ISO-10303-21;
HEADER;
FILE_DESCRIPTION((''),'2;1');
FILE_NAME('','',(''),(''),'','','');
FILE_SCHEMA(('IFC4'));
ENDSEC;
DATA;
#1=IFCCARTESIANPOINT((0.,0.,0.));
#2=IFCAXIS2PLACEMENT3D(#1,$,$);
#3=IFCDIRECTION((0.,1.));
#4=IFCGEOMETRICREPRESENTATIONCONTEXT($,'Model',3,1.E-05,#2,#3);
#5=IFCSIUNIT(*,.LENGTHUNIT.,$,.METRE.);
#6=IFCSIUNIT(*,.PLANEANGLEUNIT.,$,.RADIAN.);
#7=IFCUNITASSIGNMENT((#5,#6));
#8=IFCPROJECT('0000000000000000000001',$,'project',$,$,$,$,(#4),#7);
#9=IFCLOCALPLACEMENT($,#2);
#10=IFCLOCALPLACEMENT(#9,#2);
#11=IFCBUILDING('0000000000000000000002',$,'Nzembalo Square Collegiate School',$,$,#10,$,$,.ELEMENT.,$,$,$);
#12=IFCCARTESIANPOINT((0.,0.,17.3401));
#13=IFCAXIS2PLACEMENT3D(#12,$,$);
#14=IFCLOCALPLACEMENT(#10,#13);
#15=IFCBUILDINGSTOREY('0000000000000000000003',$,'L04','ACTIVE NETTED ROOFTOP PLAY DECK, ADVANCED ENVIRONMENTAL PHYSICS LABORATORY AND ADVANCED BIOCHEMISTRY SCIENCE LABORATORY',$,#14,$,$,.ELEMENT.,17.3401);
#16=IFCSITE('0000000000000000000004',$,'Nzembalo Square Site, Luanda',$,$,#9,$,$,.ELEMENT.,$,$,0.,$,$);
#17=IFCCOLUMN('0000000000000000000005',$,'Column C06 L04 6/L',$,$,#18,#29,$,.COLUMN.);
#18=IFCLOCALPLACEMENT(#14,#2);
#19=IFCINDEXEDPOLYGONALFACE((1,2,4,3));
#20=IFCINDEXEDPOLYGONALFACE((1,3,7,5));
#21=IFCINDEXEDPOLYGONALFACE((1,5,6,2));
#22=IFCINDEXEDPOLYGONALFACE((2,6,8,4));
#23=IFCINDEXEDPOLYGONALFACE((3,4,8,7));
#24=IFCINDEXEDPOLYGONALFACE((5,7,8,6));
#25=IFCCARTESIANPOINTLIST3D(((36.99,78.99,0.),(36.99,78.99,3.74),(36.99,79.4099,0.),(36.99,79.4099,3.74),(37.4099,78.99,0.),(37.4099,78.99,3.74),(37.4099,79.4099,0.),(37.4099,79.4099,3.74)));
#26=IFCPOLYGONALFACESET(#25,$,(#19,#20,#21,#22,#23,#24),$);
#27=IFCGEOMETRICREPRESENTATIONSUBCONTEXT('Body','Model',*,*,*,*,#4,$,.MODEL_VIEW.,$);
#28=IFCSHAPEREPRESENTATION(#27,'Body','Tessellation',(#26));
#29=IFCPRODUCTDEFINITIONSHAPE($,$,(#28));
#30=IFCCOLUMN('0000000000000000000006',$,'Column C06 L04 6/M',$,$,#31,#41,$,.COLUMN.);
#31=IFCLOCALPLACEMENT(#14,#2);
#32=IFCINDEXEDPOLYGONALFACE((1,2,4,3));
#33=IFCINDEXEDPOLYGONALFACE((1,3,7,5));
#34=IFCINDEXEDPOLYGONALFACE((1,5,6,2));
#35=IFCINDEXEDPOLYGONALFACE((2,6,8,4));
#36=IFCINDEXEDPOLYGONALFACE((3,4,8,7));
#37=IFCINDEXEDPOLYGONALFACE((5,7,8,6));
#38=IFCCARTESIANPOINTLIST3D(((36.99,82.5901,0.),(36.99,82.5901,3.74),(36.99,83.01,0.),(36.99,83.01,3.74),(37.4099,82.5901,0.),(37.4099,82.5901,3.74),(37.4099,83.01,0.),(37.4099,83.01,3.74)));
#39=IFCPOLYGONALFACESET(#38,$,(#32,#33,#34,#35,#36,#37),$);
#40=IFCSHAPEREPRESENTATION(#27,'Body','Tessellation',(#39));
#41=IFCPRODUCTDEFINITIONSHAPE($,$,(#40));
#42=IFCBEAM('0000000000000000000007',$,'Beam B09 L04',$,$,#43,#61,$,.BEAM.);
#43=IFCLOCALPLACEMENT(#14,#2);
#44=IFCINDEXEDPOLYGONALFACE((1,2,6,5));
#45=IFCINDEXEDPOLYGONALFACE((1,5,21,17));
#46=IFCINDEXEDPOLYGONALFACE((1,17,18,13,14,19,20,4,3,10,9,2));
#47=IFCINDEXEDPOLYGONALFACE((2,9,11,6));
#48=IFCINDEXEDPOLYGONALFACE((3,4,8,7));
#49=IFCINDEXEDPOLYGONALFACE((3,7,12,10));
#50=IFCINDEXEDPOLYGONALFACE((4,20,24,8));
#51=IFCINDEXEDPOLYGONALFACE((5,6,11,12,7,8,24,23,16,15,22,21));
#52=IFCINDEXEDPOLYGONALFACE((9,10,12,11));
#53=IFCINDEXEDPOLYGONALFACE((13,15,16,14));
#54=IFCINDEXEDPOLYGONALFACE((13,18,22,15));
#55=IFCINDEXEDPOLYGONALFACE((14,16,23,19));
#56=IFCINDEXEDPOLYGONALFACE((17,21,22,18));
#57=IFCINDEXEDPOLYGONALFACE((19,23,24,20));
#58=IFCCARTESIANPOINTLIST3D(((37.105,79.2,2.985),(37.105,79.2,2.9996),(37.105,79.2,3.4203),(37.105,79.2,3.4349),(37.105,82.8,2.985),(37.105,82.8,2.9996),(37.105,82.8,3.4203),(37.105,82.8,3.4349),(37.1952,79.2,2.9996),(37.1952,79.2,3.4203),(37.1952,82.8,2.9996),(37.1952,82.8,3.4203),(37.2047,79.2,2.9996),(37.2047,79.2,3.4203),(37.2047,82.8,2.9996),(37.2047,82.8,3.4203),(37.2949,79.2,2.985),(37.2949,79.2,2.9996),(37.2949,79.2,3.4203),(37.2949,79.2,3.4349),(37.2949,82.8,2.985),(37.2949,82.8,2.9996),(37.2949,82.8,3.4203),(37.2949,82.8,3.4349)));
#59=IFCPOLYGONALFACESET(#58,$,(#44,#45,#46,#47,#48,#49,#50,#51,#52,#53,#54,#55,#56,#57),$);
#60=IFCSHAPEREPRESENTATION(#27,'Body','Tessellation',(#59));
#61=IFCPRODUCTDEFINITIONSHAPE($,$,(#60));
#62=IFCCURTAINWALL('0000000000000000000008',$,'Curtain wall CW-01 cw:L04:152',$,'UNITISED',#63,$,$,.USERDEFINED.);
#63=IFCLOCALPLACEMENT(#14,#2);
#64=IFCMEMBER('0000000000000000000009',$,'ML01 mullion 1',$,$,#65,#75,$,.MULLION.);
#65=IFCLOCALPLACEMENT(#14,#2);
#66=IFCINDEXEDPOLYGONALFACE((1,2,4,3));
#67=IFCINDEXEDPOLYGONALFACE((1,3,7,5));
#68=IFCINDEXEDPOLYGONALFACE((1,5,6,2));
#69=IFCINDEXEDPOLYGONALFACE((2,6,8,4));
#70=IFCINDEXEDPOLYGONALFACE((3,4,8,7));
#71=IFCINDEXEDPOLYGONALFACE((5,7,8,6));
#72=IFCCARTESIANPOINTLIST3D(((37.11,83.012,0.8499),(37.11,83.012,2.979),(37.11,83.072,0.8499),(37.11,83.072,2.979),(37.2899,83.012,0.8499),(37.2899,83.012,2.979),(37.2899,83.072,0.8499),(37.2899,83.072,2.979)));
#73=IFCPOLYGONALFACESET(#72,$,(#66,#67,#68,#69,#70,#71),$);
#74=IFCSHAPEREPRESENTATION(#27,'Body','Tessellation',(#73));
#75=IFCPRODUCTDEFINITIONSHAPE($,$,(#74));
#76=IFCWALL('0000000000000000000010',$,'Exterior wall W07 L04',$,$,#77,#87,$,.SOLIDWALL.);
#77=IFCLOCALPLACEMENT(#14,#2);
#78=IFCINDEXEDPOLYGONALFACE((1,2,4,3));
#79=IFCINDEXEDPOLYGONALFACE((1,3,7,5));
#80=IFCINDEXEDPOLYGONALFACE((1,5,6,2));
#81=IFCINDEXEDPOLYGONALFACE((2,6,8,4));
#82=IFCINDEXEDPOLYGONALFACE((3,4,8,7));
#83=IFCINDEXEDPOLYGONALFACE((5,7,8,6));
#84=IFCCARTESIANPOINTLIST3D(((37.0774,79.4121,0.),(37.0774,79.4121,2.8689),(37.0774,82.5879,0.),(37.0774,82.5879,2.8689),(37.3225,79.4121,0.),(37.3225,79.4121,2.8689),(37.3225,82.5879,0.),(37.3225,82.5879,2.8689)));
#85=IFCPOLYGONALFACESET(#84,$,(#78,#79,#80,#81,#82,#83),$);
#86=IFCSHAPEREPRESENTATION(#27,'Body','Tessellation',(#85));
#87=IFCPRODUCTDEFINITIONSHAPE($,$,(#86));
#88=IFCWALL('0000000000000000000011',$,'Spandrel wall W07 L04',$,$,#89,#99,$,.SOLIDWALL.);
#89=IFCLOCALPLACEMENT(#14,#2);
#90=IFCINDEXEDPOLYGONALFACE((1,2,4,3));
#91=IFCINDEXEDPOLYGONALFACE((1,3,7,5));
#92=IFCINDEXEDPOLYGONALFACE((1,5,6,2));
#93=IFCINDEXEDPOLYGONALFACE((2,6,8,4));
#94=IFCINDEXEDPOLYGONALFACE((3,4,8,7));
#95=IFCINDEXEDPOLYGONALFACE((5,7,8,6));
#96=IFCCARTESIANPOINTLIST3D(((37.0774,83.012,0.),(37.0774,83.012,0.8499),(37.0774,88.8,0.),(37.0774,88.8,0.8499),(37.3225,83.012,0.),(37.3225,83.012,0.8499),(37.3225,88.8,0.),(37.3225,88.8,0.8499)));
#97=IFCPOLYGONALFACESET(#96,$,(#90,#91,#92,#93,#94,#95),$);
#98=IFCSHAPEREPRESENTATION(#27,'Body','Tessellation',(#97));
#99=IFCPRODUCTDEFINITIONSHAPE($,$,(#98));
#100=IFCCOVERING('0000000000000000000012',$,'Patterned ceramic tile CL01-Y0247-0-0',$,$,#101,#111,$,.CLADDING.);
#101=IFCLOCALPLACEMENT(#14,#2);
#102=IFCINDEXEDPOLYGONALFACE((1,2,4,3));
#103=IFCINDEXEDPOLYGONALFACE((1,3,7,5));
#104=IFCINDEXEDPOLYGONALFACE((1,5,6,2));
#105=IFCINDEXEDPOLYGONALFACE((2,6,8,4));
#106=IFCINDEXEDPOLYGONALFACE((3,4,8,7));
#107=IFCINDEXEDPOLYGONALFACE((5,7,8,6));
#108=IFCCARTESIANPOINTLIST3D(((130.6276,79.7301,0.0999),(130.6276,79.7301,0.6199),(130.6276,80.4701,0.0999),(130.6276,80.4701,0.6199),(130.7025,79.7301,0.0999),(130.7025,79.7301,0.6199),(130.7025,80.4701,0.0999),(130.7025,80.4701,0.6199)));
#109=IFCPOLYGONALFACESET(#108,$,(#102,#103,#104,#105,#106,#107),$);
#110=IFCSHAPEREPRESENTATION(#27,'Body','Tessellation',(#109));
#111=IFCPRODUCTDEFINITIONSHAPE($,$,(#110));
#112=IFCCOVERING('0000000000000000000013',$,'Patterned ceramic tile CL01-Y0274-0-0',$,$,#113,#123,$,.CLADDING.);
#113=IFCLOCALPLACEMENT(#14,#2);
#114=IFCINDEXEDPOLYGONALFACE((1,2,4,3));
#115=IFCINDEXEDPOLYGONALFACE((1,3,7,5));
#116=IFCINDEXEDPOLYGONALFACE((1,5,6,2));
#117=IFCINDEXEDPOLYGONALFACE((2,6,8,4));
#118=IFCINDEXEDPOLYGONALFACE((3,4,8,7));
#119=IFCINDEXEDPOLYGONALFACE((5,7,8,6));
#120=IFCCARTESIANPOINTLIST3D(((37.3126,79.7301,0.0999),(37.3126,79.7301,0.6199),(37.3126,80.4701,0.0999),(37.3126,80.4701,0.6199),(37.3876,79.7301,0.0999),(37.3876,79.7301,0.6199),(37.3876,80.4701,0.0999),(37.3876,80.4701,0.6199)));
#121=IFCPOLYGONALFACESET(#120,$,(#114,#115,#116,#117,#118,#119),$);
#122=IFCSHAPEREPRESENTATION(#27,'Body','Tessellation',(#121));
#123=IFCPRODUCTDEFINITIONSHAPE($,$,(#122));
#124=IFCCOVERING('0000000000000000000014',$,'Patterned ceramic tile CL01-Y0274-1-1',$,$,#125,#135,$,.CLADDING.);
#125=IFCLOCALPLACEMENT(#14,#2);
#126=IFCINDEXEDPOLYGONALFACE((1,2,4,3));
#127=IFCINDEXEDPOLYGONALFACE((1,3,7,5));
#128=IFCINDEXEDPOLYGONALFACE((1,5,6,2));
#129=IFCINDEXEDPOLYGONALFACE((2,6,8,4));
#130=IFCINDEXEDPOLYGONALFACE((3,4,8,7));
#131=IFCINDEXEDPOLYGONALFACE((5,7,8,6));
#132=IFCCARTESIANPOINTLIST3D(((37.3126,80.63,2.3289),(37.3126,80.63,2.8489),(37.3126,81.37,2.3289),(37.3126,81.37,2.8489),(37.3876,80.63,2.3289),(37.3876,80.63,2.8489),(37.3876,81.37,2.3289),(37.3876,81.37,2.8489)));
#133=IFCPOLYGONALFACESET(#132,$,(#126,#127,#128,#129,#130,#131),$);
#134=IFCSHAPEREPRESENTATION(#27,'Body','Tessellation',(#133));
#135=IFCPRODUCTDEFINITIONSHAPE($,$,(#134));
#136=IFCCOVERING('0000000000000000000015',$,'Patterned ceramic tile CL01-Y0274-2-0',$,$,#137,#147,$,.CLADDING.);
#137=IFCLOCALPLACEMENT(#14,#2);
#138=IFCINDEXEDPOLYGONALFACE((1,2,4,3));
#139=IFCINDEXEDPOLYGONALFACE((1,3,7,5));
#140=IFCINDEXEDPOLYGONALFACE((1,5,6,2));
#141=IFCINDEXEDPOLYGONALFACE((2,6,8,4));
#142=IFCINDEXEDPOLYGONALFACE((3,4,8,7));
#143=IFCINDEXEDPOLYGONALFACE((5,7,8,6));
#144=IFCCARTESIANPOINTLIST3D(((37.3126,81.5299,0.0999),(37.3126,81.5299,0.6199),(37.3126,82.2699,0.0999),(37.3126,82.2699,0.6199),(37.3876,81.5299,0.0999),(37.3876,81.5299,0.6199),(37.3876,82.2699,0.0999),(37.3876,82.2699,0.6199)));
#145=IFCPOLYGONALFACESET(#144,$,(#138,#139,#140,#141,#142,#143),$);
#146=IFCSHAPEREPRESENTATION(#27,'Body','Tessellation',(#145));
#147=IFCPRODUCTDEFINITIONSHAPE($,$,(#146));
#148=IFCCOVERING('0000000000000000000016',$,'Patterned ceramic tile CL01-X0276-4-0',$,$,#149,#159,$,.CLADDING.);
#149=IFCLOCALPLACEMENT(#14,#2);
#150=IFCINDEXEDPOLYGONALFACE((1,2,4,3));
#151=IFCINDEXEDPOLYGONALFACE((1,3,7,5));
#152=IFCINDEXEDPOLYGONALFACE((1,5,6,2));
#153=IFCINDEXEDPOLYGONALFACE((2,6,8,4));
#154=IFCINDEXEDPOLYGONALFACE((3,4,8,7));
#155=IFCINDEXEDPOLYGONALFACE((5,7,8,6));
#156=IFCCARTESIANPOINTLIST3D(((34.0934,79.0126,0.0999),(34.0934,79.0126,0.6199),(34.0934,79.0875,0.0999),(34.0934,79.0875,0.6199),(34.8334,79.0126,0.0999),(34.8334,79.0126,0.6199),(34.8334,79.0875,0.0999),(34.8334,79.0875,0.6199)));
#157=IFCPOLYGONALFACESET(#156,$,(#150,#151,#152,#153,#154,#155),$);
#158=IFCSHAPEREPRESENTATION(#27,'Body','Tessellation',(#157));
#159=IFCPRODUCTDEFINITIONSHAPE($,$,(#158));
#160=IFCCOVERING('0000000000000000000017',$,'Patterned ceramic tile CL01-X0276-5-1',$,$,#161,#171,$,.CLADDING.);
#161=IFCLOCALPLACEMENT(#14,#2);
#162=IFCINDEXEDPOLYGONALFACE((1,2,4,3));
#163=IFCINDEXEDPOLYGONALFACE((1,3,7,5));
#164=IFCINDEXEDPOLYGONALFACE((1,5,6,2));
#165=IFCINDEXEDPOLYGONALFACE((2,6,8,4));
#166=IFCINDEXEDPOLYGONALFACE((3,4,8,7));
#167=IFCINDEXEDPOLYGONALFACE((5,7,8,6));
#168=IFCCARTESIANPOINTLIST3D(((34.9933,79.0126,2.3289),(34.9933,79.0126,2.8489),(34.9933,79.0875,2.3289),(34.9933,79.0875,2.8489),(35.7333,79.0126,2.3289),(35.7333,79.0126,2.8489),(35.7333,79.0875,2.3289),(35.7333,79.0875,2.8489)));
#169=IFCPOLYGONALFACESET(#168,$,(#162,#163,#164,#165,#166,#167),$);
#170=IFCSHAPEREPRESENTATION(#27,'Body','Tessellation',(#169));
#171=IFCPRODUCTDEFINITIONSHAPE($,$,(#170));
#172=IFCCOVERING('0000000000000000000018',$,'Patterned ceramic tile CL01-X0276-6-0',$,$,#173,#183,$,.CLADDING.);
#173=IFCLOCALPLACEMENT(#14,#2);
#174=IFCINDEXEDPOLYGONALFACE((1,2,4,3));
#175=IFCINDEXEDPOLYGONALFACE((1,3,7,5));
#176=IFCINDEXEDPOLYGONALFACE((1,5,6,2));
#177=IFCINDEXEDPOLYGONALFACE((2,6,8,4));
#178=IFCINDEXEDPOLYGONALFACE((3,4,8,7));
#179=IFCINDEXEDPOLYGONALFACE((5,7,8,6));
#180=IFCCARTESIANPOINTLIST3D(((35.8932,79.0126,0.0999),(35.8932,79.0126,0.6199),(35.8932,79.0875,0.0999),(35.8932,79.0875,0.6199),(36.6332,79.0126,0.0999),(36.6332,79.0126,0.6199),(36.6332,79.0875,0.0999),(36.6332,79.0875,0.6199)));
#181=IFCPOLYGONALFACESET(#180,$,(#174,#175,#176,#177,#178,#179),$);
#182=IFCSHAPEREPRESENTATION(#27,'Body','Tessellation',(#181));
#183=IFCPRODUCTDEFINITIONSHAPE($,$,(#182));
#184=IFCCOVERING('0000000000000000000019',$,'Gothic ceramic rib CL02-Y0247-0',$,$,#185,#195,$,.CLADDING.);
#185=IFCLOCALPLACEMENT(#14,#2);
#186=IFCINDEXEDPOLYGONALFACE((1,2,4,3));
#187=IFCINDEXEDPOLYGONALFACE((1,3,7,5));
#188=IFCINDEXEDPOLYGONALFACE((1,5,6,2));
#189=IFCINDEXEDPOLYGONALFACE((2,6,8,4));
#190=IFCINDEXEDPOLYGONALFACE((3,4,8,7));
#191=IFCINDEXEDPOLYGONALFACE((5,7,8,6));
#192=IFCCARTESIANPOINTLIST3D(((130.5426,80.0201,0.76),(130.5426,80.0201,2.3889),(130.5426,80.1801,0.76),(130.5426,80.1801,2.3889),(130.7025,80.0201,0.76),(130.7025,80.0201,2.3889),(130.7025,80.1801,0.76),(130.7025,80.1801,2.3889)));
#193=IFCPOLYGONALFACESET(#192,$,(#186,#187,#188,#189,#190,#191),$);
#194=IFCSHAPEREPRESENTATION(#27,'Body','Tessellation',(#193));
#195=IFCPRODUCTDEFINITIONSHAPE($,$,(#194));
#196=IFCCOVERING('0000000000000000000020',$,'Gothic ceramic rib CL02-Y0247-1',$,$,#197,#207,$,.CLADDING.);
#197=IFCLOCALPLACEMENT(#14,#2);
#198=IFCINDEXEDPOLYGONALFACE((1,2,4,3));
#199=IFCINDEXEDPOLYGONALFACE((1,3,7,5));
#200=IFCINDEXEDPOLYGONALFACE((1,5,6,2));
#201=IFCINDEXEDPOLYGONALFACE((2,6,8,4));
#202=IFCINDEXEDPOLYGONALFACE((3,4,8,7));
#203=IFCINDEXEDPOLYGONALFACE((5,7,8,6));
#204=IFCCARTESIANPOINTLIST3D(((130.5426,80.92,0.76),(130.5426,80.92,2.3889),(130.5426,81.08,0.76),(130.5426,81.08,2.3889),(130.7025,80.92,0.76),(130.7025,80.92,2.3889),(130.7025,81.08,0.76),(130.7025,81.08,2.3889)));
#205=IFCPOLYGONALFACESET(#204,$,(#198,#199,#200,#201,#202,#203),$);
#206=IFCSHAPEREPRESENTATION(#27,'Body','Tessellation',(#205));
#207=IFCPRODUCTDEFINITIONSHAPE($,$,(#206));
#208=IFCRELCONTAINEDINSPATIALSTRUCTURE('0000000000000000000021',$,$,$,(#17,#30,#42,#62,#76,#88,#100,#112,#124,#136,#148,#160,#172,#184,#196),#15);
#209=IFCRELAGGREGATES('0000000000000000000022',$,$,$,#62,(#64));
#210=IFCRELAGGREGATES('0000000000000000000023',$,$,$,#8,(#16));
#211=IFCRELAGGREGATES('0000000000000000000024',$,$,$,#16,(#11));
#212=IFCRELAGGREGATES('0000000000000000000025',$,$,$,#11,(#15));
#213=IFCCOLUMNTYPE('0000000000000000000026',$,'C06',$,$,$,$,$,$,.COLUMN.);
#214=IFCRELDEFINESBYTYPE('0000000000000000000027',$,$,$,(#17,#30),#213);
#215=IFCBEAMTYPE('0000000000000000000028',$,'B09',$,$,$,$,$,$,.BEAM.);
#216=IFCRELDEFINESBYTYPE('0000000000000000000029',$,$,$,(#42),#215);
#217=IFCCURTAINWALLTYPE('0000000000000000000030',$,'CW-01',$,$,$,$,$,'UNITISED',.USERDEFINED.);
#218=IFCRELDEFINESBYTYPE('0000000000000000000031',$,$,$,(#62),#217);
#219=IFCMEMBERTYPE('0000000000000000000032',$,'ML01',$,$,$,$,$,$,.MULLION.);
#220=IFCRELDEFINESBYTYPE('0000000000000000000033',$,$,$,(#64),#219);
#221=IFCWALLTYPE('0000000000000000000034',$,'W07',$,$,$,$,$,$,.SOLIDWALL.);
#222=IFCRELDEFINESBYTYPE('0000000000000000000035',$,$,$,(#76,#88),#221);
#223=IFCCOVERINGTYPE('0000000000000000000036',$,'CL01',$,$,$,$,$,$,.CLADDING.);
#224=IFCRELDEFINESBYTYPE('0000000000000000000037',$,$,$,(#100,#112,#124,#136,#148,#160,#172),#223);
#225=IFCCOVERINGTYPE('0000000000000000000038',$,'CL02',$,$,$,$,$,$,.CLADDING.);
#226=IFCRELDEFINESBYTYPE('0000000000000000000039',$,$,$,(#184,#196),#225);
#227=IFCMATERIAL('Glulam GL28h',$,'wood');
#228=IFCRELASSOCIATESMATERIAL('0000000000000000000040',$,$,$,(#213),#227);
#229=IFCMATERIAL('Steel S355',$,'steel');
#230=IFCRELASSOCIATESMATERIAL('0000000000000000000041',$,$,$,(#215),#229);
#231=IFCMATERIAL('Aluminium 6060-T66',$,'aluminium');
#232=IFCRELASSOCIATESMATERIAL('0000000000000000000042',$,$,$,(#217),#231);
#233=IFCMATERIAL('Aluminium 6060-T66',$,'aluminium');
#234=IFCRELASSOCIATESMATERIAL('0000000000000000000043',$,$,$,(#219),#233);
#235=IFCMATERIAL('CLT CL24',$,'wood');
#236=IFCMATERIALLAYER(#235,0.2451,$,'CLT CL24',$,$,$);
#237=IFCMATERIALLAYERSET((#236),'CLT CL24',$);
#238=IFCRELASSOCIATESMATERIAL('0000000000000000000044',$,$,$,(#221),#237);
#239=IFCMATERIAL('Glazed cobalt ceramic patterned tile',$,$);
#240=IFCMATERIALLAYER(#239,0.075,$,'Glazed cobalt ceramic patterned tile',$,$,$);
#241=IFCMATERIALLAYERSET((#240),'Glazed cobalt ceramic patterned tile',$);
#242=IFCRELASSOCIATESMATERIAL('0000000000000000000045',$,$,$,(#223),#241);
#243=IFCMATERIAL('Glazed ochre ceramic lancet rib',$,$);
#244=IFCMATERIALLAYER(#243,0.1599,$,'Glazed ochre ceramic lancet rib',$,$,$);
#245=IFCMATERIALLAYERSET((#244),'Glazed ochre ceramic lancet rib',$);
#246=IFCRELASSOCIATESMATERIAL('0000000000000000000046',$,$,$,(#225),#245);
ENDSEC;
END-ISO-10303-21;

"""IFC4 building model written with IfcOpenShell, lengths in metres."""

from ifc_helpers import new_model, si_unit, direction, frame, frame_2d, origin, origin_2d, place, context, subcontext, project, spatial, rectangle, i_section, extrude, material, layer, layer_set, material_profile, profile_set, type_object, element, aggregate, save


model = new_model("IFC4")

# Units and contexts
model_context = context("Model", 3, precision=1e-05, world=origin(), true_north=direction((0.0, 1.0)))
body_context = subcontext(model_context, "Body", "Model", "MODEL_VIEW")
ifc_project = project(units=[si_unit("LENGTHUNIT", "METRE"), si_unit("PLANEANGLEUNIT", "RADIAN")], contexts=[model_context])

# Site, building, storey
site_placement = place(None, origin())
site = spatial("IfcSite", under=ifc_project, at=site_placement, Name="Nzembalo Square Site, Luanda", CompositionType="ELEMENT", RefElevation=0.0)
building_placement = place(site_placement, origin())
building = spatial("IfcBuilding", under=site, at=building_placement, Name="Nzembalo Square Collegiate School", CompositionType="ELEMENT")
storey_placement = place(building_placement, frame((0.0, 0.0, 17.3401)))
storey = spatial("IfcBuildingStorey", under=building, at=storey_placement, Name="L04", Description="ACTIVE NETTED ROOFTOP PLAY DECK, ADVANCED ENVIRONMENTAL PHYSICS LABORATORY AND ADVANCED BIOCHEMISTRY SCIENCE LABORATORY", CompositionType="ELEMENT", Elevation=17.3401)

# Columns
ifc_material_1 = material(Name="Glulam GL28h", Category="wood")
ifc_material_profile_1 = material_profile(ifc_material_1, rectangle(XDim=0.4199, YDim=0.4199, at=origin_2d()), Name="GL28h 420x420")
ifc_profile_set_1 = profile_set([ifc_material_profile_1], Name="Glulam GL28h")
column_type = type_object("IfcColumnType", Name="C06", PredefinedType="COLUMN", material=ifc_profile_set_1)
for number, where, z_axis, x_axis, name in (
    (1, (37.2, 79.2, 0.0), (0.0, 0.0, 1.0), (1.0, 0.0, 0.0), "Column C06 L04 6/L"),
    (2, (37.2, 82.8, 0.0), (0.0, 0.0, 1.0), (1.0, 0.0, 0.0), "Column C06 L04 6/M"),
):
    element("IfcColumn", number, at=place(storey_placement, frame(where, z_axis=z_axis, x_axis=x_axis)), inside=storey, type_object=column_type, Name=name, PredefinedType="COLUMN", context=body_context, shape_type="SweptSolid", body=[
        extrude(rectangle(XDim=0.4199, YDim=0.4199, at=origin_2d()), origin(), (0.0, 0.0, 1.0), 3.74),
    ])

# Beam
ifc_material_2 = material(Name="Steel S355", Category="steel")
ifc_material_profile_2 = material_profile(ifc_material_2, i_section(OverallWidth=0.1899, OverallDepth=0.45, WebThickness=0.0095, FlangeThickness=0.0146, at=origin_2d()), Name="IPE 450")
ifc_profile_set_2 = profile_set([ifc_material_profile_2], Name="Steel S355")
beam_type = type_object("IfcBeamType", Name="B09", PredefinedType="BEAM", material=ifc_profile_set_2)
beam_placement = place(storey_placement, frame((37.2, 79.2, 3.21), z_axis=(0.0, 1.0, 0.0), x_axis=(-1.0, 0.0, 0.0)))
element("IfcBeam", 3, at=beam_placement, inside=storey, type_object=beam_type, Name="Beam B09 L04", PredefinedType="BEAM", context=body_context, shape_type="SweptSolid", body=[
    extrude(i_section(OverallWidth=0.1899, OverallDepth=0.45, WebThickness=0.0095, FlangeThickness=0.0146, at=origin_2d()), origin(), (0.0, 0.0, 1.0), 3.6001),
])

# Curtain wall, member
ifc_material_3 = material(Name="Aluminium 6060-T66", Category="aluminium")
curtain_wall_type = type_object("IfcCurtainWallType", Name="CW-01", ElementType="UNITISED", PredefinedType="USERDEFINED", material=ifc_material_3)
curtain_wall_placement = place(storey_placement, origin())
curtain_wall = element("IfcCurtainWall", 4, at=curtain_wall_placement, inside=storey, type_object=curtain_wall_type, Name="Curtain wall CW-01 cw:L04:152", ObjectType="UNITISED", PredefinedType="USERDEFINED")
ifc_material_4 = material(Name="Aluminium 6060-T66", Category="aluminium")
ifc_material_profile_3 = material_profile(ifc_material_4, rectangle(XDim=0.0601, YDim=0.1799, at=origin_2d()), Name="ALU M60x180")
ifc_profile_set_3 = profile_set([ifc_material_profile_3], Name="Aluminium 6060-T66")
member_type = type_object("IfcMemberType", Name="ML01", PredefinedType="MULLION", material=ifc_profile_set_3)
member_placement = place(storey_placement, frame((37.2, 83.042, 0.8499), z_axis=(0.0, 0.0, 1.0), x_axis=(0.0, 1.0, 0.0)))
member = element("IfcMember", 5, at=member_placement, type_object=member_type, Name="ML01 mullion 1", PredefinedType="MULLION", context=body_context, shape_type="SweptSolid", body=[
    extrude(rectangle(XDim=0.0601, YDim=0.1799, at=origin_2d()), origin(), (0.0, 0.0, 1.0), 2.1292),
])
aggregate(curtain_wall, [member])

# Walls
ifc_material_5 = material(Name="CLT CL24", Category="wood")
ifc_layer_1 = layer(ifc_material_5, 0.2451, Name="CLT CL24")
ifc_layer_set_1 = layer_set([ifc_layer_1], Name="CLT CL24")
wall_type = type_object("IfcWallType", Name="W07", PredefinedType="SOLIDWALL", material=ifc_layer_set_1)
wall_1_placement = place(storey_placement, frame((37.2, 79.4121, 0.0), z_axis=(0.0, 0.0, 1.0), x_axis=(0.0, 1.0, 0.0)))
element("IfcWall", 6, at=wall_1_placement, inside=storey, type_object=wall_type, Name="Exterior wall W07 L04", PredefinedType="SOLIDWALL", context=body_context, shape_type="SweptSolid", body=[
    extrude(rectangle(XDim=3.1758, YDim=0.2451, at=frame_2d((1.5879, 0.0))), origin(), (0.0, 0.0, 1.0), 2.8689),
])
wall_2_placement = place(storey_placement, frame((37.2, 83.012, 0.0), z_axis=(0.0, 0.0, 1.0), x_axis=(0.0, 1.0, 0.0)))
element("IfcWall", 7, at=wall_2_placement, inside=storey, type_object=wall_type, Name="Spandrel wall W07 L04", PredefinedType="SOLIDWALL", context=body_context, shape_type="SweptSolid", body=[
    extrude(rectangle(XDim=5.7881, YDim=0.2451, at=frame_2d((2.894, 0.0))), origin(), (0.0, 0.0, 1.0), 0.8499),
])

# Coverings
ifc_material_6 = material(Name="Glazed cobalt ceramic patterned tile")
ifc_layer_2 = layer(ifc_material_6, 0.075, Name="Glazed cobalt ceramic patterned tile")
ifc_layer_set_2 = layer_set([ifc_layer_2], Name="Glazed cobalt ceramic patterned tile")
covering_type_1 = type_object("IfcCoveringType", Name="CL01", PredefinedType="CLADDING", material=ifc_layer_set_2)
for number, where, z_axis, x_axis, name in (
    (8, (130.665, 80.1001, 0.0999), (0.0, 0.0, 1.0), (1.0, 0.0, 0.0), "Patterned ceramic tile CL01-Y0247-0-0"),
    (9, (37.3501, 80.1001, 0.0999), (0.0, 0.0, 1.0), (1.0, 0.0, 0.0), "Patterned ceramic tile CL01-Y0274-0-0"),
    (10, (37.3501, 81.0, 2.3289), (0.0, 0.0, 1.0), (1.0, 0.0, 0.0), "Patterned ceramic tile CL01-Y0274-1-1"),
    (11, (37.3501, 81.8999, 0.0999), (0.0, 0.0, 1.0), (1.0, 0.0, 0.0), "Patterned ceramic tile CL01-Y0274-2-0"),
):
    element("IfcCovering", number, at=place(storey_placement, frame(where, z_axis=z_axis, x_axis=x_axis)), inside=storey, type_object=covering_type_1, Name=name, PredefinedType="CLADDING", context=body_context, shape_type="SweptSolid", body=[
        extrude(rectangle(XDim=0.075, YDim=0.74, at=origin_2d()), origin(), (0.0, 0.0, 1.0), 0.52),
    ])
for number, where, z_axis, x_axis, name in (
    (12, (34.4634, 79.05, 0.0999), (0.0, 0.0, 1.0), (1.0, 0.0, 0.0), "Patterned ceramic tile CL01-X0276-4-0"),
    (13, (35.3633, 79.05, 2.3289), (0.0, 0.0, 1.0), (1.0, 0.0, 0.0), "Patterned ceramic tile CL01-X0276-5-1"),
    (14, (36.2632, 79.05, 0.0999), (0.0, 0.0, 1.0), (1.0, 0.0, 0.0), "Patterned ceramic tile CL01-X0276-6-0"),
):
    element("IfcCovering", number, at=place(storey_placement, frame(where, z_axis=z_axis, x_axis=x_axis)), inside=storey, type_object=covering_type_1, Name=name, PredefinedType="CLADDING", context=body_context, shape_type="SweptSolid", body=[
        extrude(rectangle(XDim=0.74, YDim=0.075, at=origin_2d()), origin(), (0.0, 0.0, 1.0), 0.52),
    ])
ifc_material_7 = material(Name="Glazed ochre ceramic lancet rib")
ifc_layer_3 = layer(ifc_material_7, 0.1599, Name="Glazed ochre ceramic lancet rib")
ifc_layer_set_3 = layer_set([ifc_layer_3], Name="Glazed ochre ceramic lancet rib")
covering_type_2 = type_object("IfcCoveringType", Name="CL02", PredefinedType="CLADDING", material=ifc_layer_set_3)
for number, where, z_axis, x_axis, name in (
    (15, (130.6226, 80.1001, 0.76), (0.0, 0.0, 1.0), (1.0, 0.0, 0.0), "Gothic ceramic rib CL02-Y0247-0"),
    (16, (130.6226, 81.0, 0.76), (0.0, 0.0, 1.0), (1.0, 0.0, 0.0), "Gothic ceramic rib CL02-Y0247-1"),
):
    element("IfcCovering", number, at=place(storey_placement, frame(where, z_axis=z_axis, x_axis=x_axis)), inside=storey, type_object=covering_type_2, Name=name, PredefinedType="CLADDING", context=body_context, shape_type="SweptSolid", body=[
        extrude(rectangle(XDim=0.1599, YDim=0.1599, at=origin_2d()), origin(), (0.0, 0.0, 1.0), 1.6289),
    ])

save(model, "model.ifc")
